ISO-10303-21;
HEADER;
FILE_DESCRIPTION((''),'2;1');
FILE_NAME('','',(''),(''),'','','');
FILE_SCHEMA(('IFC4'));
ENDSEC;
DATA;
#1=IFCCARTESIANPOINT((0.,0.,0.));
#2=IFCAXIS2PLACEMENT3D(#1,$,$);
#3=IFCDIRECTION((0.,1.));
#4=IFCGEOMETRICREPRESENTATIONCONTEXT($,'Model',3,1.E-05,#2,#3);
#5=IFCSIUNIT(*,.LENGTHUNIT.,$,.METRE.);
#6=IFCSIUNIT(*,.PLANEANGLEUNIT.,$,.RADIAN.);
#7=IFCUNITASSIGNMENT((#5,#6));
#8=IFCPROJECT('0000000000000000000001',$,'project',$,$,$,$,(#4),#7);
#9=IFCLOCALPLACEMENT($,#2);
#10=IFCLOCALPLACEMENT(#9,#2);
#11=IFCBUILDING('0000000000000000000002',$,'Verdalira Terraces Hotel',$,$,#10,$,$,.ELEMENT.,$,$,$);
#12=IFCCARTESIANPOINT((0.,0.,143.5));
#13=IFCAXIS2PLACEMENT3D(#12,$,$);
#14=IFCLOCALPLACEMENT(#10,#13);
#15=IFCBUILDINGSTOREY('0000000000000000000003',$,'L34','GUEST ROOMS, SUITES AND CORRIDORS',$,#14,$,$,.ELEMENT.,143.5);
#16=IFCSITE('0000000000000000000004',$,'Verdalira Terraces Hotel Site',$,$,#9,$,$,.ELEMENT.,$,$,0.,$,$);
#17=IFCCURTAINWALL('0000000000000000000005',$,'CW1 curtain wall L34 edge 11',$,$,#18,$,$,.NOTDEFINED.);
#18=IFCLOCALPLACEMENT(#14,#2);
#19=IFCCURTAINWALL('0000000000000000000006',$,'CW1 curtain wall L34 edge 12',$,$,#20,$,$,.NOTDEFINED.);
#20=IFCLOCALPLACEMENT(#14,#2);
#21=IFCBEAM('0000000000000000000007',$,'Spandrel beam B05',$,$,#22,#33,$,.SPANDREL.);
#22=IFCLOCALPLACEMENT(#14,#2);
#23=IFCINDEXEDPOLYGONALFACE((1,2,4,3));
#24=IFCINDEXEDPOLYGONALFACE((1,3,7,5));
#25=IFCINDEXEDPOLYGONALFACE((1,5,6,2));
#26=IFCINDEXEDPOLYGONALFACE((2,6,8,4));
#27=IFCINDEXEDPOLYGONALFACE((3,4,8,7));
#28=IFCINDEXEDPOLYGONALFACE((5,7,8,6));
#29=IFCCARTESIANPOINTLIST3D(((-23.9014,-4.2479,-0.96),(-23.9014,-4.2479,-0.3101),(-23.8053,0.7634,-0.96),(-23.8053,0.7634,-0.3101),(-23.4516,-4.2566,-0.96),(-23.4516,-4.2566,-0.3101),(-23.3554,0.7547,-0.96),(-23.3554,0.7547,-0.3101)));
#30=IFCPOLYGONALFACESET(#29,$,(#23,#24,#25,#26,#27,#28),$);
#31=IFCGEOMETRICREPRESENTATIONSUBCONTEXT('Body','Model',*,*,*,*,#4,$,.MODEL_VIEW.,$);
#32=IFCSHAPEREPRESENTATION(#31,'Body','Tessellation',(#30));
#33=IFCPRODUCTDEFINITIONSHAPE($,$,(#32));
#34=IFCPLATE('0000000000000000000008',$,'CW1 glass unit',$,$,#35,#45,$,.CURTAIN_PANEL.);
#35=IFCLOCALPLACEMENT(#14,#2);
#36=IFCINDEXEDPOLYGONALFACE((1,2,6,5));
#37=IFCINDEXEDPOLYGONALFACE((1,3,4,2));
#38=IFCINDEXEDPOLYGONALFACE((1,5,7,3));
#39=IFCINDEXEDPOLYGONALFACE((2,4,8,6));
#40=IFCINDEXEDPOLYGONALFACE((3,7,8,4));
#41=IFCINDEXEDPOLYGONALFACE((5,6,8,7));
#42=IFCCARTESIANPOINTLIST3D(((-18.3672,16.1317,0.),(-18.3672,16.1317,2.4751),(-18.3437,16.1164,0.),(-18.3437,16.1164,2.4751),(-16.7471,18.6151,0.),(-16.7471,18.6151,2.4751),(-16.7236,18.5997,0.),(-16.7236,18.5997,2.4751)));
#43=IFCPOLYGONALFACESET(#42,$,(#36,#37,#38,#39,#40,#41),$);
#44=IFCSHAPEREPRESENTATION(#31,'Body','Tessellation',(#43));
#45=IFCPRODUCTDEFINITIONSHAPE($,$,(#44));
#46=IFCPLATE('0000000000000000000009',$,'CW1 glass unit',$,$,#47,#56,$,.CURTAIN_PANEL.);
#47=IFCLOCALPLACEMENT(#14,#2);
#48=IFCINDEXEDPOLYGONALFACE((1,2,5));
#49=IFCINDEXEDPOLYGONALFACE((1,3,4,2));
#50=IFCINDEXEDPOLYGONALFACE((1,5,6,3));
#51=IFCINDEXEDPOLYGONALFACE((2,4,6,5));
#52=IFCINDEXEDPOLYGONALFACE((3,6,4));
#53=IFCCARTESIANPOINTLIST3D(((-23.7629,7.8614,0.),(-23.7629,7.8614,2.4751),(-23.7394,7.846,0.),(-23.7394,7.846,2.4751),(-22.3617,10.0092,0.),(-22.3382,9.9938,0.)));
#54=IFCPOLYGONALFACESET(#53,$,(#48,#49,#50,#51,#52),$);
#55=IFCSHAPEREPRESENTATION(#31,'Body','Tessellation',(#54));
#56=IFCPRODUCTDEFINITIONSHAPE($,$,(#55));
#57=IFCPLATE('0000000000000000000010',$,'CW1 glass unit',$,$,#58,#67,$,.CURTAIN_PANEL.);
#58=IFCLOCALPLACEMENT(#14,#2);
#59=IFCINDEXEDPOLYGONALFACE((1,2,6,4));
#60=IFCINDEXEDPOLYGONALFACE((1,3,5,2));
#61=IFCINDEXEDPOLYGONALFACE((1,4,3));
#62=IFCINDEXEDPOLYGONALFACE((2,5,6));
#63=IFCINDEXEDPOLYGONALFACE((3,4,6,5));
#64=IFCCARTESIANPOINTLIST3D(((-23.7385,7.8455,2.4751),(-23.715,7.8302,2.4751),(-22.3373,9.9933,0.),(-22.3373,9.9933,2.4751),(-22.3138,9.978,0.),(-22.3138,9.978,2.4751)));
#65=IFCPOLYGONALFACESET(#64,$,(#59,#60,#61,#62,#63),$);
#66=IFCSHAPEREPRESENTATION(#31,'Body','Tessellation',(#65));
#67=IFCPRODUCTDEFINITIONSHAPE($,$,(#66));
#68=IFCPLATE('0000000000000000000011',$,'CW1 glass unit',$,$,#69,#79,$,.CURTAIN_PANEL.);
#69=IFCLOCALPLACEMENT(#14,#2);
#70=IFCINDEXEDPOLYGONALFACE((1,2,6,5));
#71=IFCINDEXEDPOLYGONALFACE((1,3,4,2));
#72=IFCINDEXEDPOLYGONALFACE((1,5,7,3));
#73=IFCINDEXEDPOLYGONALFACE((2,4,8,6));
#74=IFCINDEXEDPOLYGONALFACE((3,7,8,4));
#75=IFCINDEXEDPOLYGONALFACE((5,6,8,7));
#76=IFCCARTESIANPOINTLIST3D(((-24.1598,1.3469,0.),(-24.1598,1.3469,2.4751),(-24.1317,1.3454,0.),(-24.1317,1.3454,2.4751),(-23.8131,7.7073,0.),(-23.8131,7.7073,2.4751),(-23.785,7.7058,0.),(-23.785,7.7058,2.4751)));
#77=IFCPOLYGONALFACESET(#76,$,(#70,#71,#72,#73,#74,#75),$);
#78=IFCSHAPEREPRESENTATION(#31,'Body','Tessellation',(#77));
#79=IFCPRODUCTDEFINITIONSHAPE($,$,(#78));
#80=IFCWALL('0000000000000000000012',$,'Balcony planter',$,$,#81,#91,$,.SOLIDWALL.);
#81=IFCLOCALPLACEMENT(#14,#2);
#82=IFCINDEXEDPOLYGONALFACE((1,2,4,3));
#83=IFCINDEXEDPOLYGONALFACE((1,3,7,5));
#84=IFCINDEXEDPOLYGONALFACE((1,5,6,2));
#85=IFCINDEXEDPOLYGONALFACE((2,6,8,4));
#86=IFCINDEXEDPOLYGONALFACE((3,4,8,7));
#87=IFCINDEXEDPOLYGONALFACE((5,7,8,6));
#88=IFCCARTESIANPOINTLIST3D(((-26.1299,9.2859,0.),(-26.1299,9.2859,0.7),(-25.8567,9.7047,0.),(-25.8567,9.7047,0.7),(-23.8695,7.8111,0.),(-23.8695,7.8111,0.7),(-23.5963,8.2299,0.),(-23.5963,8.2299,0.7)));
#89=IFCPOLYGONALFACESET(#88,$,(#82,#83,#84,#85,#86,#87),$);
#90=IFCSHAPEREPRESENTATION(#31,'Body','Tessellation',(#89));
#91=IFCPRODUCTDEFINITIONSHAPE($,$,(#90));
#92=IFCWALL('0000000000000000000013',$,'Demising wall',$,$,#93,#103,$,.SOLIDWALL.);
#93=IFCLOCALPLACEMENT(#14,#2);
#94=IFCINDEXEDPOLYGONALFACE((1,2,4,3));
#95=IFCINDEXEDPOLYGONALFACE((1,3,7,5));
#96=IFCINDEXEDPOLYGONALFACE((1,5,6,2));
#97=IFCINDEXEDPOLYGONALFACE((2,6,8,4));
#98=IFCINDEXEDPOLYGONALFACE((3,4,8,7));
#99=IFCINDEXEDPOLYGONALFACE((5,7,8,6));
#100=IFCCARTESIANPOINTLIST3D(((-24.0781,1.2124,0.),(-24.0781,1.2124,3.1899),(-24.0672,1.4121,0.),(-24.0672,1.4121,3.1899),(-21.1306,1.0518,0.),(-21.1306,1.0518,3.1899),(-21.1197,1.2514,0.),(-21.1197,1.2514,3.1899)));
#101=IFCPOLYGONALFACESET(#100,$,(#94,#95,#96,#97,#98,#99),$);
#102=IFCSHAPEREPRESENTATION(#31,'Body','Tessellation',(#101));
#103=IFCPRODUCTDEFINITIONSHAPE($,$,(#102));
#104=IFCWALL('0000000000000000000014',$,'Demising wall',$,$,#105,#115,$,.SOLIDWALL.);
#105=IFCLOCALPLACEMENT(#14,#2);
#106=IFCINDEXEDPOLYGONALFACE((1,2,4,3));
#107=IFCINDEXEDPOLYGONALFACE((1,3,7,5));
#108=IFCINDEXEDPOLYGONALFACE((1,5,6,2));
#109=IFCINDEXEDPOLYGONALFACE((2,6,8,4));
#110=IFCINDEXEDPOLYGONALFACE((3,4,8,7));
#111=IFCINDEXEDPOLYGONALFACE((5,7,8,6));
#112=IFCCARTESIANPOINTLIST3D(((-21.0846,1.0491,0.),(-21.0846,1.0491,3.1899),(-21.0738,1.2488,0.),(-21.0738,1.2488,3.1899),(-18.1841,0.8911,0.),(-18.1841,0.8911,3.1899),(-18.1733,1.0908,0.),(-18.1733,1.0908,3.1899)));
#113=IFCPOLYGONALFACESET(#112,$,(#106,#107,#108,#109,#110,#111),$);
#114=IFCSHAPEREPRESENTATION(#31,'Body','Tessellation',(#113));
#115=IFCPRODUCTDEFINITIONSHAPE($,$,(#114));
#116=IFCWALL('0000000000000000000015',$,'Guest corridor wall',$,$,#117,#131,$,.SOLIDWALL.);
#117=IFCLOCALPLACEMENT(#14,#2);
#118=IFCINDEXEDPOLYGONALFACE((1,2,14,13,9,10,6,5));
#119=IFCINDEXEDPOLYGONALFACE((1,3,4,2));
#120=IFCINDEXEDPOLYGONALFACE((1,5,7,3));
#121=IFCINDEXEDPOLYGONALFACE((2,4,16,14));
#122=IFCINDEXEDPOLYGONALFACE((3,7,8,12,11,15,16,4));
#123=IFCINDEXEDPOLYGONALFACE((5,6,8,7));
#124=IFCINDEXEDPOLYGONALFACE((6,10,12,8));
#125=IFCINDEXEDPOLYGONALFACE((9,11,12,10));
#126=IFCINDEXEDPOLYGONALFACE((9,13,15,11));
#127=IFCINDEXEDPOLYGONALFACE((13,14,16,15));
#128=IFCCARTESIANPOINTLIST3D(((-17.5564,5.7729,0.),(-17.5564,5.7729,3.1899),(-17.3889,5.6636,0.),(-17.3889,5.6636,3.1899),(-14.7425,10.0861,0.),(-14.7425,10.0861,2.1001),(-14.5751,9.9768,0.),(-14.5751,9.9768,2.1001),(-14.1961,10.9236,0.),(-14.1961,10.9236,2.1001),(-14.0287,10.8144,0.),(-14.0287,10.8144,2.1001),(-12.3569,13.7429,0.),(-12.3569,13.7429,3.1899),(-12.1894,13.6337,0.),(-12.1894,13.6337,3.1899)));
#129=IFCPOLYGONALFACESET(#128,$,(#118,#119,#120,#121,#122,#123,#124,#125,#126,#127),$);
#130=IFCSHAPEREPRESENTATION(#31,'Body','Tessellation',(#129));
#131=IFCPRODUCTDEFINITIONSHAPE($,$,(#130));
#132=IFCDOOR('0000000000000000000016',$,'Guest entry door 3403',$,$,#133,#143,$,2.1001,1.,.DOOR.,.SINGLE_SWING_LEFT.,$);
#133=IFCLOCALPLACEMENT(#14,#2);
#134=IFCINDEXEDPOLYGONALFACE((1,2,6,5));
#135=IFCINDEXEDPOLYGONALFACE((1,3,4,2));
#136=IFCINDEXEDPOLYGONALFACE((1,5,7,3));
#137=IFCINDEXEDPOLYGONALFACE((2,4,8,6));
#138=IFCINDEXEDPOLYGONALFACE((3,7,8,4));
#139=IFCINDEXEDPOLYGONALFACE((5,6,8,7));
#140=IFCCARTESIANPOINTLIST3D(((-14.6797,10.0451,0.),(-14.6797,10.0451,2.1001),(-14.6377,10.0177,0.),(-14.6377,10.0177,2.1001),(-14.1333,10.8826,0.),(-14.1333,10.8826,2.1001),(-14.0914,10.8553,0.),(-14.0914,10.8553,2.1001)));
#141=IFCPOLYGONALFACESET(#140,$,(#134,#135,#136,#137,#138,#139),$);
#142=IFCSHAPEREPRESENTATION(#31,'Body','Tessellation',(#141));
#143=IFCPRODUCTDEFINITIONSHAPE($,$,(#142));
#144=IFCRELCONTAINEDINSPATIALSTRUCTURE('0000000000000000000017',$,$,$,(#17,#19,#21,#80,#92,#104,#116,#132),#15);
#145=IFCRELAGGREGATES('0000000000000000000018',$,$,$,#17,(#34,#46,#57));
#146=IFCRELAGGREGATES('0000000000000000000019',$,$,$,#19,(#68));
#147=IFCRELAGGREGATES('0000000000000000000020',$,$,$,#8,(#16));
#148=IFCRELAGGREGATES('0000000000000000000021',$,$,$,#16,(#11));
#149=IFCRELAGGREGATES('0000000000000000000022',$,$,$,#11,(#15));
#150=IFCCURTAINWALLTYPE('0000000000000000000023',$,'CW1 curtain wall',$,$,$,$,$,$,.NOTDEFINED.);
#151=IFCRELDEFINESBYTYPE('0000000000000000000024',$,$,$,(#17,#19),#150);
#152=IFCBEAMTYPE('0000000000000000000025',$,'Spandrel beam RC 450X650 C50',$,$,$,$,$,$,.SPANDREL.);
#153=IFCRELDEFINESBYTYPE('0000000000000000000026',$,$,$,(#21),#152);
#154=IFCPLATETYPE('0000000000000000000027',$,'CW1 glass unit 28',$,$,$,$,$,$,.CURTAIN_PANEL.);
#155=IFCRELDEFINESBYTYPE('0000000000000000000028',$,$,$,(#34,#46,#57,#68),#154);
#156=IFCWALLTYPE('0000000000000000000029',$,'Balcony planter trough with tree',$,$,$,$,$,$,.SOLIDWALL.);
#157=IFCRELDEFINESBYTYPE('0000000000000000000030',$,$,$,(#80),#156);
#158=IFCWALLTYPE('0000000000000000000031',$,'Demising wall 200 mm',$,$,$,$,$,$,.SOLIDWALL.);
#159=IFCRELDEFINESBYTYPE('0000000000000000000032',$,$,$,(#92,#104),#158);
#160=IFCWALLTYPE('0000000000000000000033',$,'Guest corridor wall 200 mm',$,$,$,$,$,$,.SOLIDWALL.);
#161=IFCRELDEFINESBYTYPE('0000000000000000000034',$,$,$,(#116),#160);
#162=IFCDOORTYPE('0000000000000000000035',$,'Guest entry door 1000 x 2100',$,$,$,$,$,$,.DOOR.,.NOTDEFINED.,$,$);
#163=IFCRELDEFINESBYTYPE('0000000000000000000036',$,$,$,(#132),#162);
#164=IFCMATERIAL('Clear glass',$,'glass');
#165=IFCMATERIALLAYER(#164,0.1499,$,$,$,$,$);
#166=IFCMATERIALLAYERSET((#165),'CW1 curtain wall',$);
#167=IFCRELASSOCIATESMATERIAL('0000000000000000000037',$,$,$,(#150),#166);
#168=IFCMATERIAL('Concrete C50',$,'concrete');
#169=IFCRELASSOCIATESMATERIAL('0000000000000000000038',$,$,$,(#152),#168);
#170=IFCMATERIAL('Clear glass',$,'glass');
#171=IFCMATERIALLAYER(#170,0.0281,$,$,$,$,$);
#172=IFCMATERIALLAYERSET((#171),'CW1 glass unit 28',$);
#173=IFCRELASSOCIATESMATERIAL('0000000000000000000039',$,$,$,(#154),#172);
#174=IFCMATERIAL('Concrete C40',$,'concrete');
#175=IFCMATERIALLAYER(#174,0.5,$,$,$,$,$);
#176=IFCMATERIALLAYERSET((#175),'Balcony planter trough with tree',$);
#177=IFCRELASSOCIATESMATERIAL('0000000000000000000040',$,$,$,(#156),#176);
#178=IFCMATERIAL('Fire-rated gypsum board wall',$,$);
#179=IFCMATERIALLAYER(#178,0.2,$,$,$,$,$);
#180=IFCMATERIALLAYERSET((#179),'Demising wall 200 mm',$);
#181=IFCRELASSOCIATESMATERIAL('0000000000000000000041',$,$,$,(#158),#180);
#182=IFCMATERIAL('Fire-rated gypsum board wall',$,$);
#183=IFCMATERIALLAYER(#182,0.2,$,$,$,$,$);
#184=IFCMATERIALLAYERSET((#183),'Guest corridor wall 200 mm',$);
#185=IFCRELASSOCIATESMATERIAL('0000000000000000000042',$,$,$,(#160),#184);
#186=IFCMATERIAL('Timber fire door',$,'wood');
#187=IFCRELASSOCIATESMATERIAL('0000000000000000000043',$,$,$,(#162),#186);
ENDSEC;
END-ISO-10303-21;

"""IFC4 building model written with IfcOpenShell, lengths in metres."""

from ifc_helpers import new_model, si_unit, direction, frame, frame_2d, origin, origin_2d, place, context, subcontext, project, spatial, polyline, rectangle, outline, extrude, material, layer, layer_set, material_profile, profile_set, type_object, element, fill, aggregate, save


model = new_model("IFC4")

# Units and contexts
model_context = context("Model", 3, precision=1e-05, world=origin(), true_north=direction((0.0, 1.0)))
body_context = subcontext(model_context, "Body", "Model", "MODEL_VIEW")
ifc_project = project(units=[si_unit("LENGTHUNIT", "METRE"), si_unit("PLANEANGLEUNIT", "RADIAN")], contexts=[model_context])

# Site, building, storey
site_placement = place(None, origin())
site = spatial("IfcSite", under=ifc_project, at=site_placement, Name="Verdalira Terraces Hotel Site", CompositionType="ELEMENT", RefElevation=0.0)
building_placement = place(site_placement, origin())
building = spatial("IfcBuilding", under=site, at=building_placement, Name="Verdalira Terraces Hotel", CompositionType="ELEMENT")
storey_placement = place(building_placement, frame((0.0, 0.0, 143.5)))
storey = spatial("IfcBuildingStorey", under=building, at=storey_placement, Name="L34", Description="GUEST ROOMS, SUITES AND CORRIDORS", CompositionType="ELEMENT", Elevation=143.5)

# Curtain wall
ifc_material_1 = material(Name="Clear glass", Category="glass")
ifc_layer_1 = layer(ifc_material_1, 0.1499)
ifc_layer_set_1 = layer_set([ifc_layer_1], Name="CW1 curtain wall")
curtain_wall_type = type_object("IfcCurtainWallType", Name="CW1 curtain wall", PredefinedType="NOTDEFINED", material=ifc_layer_set_1)
curtain_wall_1_placement = place(storey_placement, origin())
curtain_wall_1 = element("IfcCurtainWall", 1, at=curtain_wall_1_placement, inside=storey, type_object=curtain_wall_type, Name="CW1 curtain wall L34 edge 11", PredefinedType="NOTDEFINED")

# Curtain wall
curtain_wall_2_placement = place(storey_placement, origin())
curtain_wall_2 = element("IfcCurtainWall", 2, at=curtain_wall_2_placement, inside=storey, type_object=curtain_wall_type, Name="CW1 curtain wall L34 edge 12", PredefinedType="NOTDEFINED")

# Beam
ifc_material_2 = material(Name="Concrete C50", Category="concrete")
ifc_material_profile_1 = material_profile(ifc_material_2, rectangle(XDim=0.45, YDim=0.6499, at=origin_2d()), Name="RC 450X650")
ifc_profile_set_1 = profile_set([ifc_material_profile_1], Name="Concrete C50")
beam_type_1 = type_object("IfcBeamType", Name="Spandrel beam RC 450X650 C50", PredefinedType="SPANDREL", material=ifc_profile_set_1)
beam_1_placement = place(storey_placement, frame((-23.5803, 0.759, -0.635), z_axis=(-0.019192, -0.999816, 0.0), x_axis=(0.999816, -0.019192, 0.0)))
element("IfcBeam", 3, at=beam_1_placement, inside=storey, type_object=beam_type_1, Name="Spandrel beam B05", PredefinedType="SPANDREL", context=body_context, shape_type="SweptSolid", body=[
    extrude(rectangle(XDim=0.45, YDim=0.6499, at=origin_2d()), origin(), (0.0, 0.0, 1.0), 5.0122),
])

# Plates
ifc_material_3 = material(Name="Clear glass", Category="glass")
ifc_layer_2 = layer(ifc_material_3, 0.0281)
ifc_layer_set_2 = layer_set([ifc_layer_2], Name="CW1 glass unit 28")
plate_type = type_object("IfcPlateType", Name="CW1 glass unit 28", PredefinedType="CURTAIN_PANEL", material=ifc_layer_set_2)
plate_1_placement = place(storey_placement, frame((-17.5454, 17.3657, 0.0), z_axis=(0.0, 0.0, 1.0), x_axis=(-0.546394, -0.837528, 0.0)))
plate_1 = element("IfcPlate", 4, at=plate_1_placement, type_object=plate_type, Name="CW1 glass unit", PredefinedType="CURTAIN_PANEL", context=body_context, shape_type="SweptSolid", body=[
    extrude(rectangle(XDim=2.9651, YDim=0.0281, at=origin_2d()), origin(), (0.0, 0.0, 1.0), 2.4751),
])
plate_2_placement = place(storey_placement, frame((-23.0388, 8.9199, 1.2375), z_axis=(-0.837528, 0.546394, 0.0), x_axis=(-0.546394, -0.837528, 0.0)))
plate_2 = element("IfcPlate", 5, at=plate_2_placement, type_object=plate_type, Name="CW1 glass unit", PredefinedType="CURTAIN_PANEL", context=body_context, shape_type="SweptSolid", body=[
    extrude(outline(polyline([(-1.2822, -1.2375), (1.2822, -1.2375), (1.2822, 1.2375), (-1.2822, -1.2375)])), origin(), (0.0, 0.0, 1.0), 0.0281),
])
plate_3_placement = place(storey_placement, frame((-23.0144, 8.9041, 1.2375), z_axis=(-0.837528, 0.546394, 0.0), x_axis=(-0.546394, -0.837528, 0.0)))
plate_3 = element("IfcPlate", 6, at=plate_3_placement, type_object=plate_type, Name="CW1 glass unit", PredefinedType="CURTAIN_PANEL", context=body_context, shape_type="SweptSolid", body=[
    extrude(outline(polyline([(-1.2822, -1.2375), (1.2822, 1.2375), (-1.2822, 1.2375), (-1.2822, -1.2375)])), origin(), (0.0, 0.0, 1.0), 0.0281),
])
aggregate(curtain_wall_1, [plate_1, plate_2, plate_3])
plate_4_placement = place(storey_placement, frame((-23.9724, 4.5264, 0.0), z_axis=(0.0, 0.0, 1.0), x_axis=(-0.054427, -0.998518, 0.0)))
plate_4 = element("IfcPlate", 7, at=plate_4_placement, type_object=plate_type, Name="CW1 glass unit", PredefinedType="CURTAIN_PANEL", context=body_context, shape_type="SweptSolid", body=[
    extrude(rectangle(XDim=6.3699, YDim=0.0281, at=origin_2d()), origin(), (0.0, 0.0, 1.0), 2.4751),
])
aggregate(curtain_wall_2, [plate_4])

# Walls
ifc_material_4 = material(Name="Concrete C40", Category="concrete")
ifc_layer_3 = layer(ifc_material_4, 0.5)
ifc_layer_set_3 = layer_set([ifc_layer_3], Name="Balcony planter trough with tree")
wall_type_1 = type_object("IfcWallType", Name="Balcony planter trough with tree", PredefinedType="SOLIDWALL", material=ifc_layer_set_3)
wall_1_placement = place(storey_placement, frame((-25.9934, 9.4954, 0.0), z_axis=(0.0, 0.0, 1.0), x_axis=(0.837506, -0.546428, 0.0)))
element("IfcWall", 8, at=wall_1_placement, inside=storey, type_object=wall_type_1, Name="Balcony planter", PredefinedType="SOLIDWALL", context=body_context, shape_type="SweptSolid", body=[
    extrude(rectangle(XDim=2.699, YDim=0.5, at=frame_2d((1.3496, 0.0))), origin(), (0.0, 0.0, 1.0), 0.7),
])
ifc_material_5 = material(Name="Fire-rated gypsum board wall")
ifc_layer_4 = layer(ifc_material_5, 0.2)
ifc_layer_set_4 = layer_set([ifc_layer_4], Name="Demising wall 200 mm")
wall_type_2 = type_object("IfcWallType", Name="Demising wall 200 mm", PredefinedType="SOLIDWALL", material=ifc_layer_set_4)
wall_2_placement = place(storey_placement, frame((-21.125, 1.1516, 0.0), z_axis=(0.0, 0.0, 1.0), x_axis=(-0.998518, 0.054421, 0.0)))
element("IfcWall", 9, at=wall_2_placement, inside=storey, type_object=wall_type_2, Name="Demising wall", PredefinedType="SOLIDWALL", context=body_context, shape_type="SweptSolid", body=[
    extrude(rectangle(XDim=2.9519, YDim=0.2, at=frame_2d((1.4761, 0.0))), origin(), (0.0, 0.0, 1.0), 3.1899),
])
wall_3_placement = place(storey_placement, frame((-18.1787, 0.991, 0.0), z_axis=(0.0, 0.0, 1.0), x_axis=(-0.99852, 0.054381, 0.0)))
element("IfcWall", 10, at=wall_3_placement, inside=storey, type_object=wall_type_2, Name="Demising wall", PredefinedType="SOLIDWALL", context=body_context, shape_type="SweptSolid", body=[
    extrude(rectangle(XDim=2.9048, YDim=0.2, at=frame_2d((1.4524, 0.0))), origin(), (0.0, 0.0, 1.0), 3.1899),
])

# Wall, opening, door
ifc_material_6 = material(Name="Fire-rated gypsum board wall")
ifc_layer_5 = layer(ifc_material_6, 0.2)
ifc_layer_set_5 = layer_set([ifc_layer_5], Name="Guest corridor wall 200 mm")
wall_type_3 = type_object("IfcWallType", Name="Guest corridor wall 200 mm", PredefinedType="SOLIDWALL", material=ifc_layer_set_5)
wall_4_placement = place(storey_placement, frame((-17.4727, 5.7183, 0.0), z_axis=(0.0, 0.0, 1.0), x_axis=(0.54639, 0.837531, 0.0)))
wall_4 = element("IfcWall", 11, at=wall_4_placement, inside=storey, type_object=wall_type_3, Name="Guest corridor wall", PredefinedType="SOLIDWALL", context=body_context, shape_type="SweptSolid", body=[
    extrude(rectangle(XDim=9.5161, YDim=0.2, at=frame_2d((4.7581, 0.0))), origin(), (0.0, 0.0, 1.0), 3.1899),
])
opening_1_placement = place(wall_4_placement, frame((5.1499, 0.0, 0.0)))
opening_1 = element("IfcOpeningElement", 12, at=opening_1_placement, cuts=wall_4, PredefinedType="OPENING", context=body_context, shape_type="SweptSolid", body=[
    extrude(rectangle(XDim=1.0, YDim=2.1001, at=frame_2d((0.5, 1.05))), frame((0.0, 0.1099, 0.0), z_axis=(0.0, -1.0, 0.0), x_axis=(1.0, 0.0, 0.0)), (0.0, 0.0, 1.0), 0.22),
])
ifc_material_7 = material(Name="Timber fire door", Category="wood")
door_type_1 = type_object("IfcDoorType", Name="Guest entry door 1000 x 2100", OperationType="NOTDEFINED", PredefinedType="DOOR", material=ifc_material_7)
door_1_placement = place(opening_1_placement, origin())
door_1 = element("IfcDoor", 13, at=door_1_placement, inside=storey, type_object=door_type_1, Name="Guest entry door 3403", OperationType="SINGLE_SWING_LEFT", OverallHeight=2.1001, OverallWidth=1.0, PredefinedType="DOOR", context=body_context, shape_type="SweptSolid", body=[
    extrude(rectangle(XDim=1.0, YDim=2.1001, at=frame_2d((0.5, 1.05))), frame((0.0, 0.0249, 0.0), z_axis=(0.0, -1.0, 0.0), x_axis=(1.0, 0.0, 0.0)), (0.0, 0.0, 1.0), 0.05),
])
fill(opening_1, door_1)

save(model, "model.ifc")
